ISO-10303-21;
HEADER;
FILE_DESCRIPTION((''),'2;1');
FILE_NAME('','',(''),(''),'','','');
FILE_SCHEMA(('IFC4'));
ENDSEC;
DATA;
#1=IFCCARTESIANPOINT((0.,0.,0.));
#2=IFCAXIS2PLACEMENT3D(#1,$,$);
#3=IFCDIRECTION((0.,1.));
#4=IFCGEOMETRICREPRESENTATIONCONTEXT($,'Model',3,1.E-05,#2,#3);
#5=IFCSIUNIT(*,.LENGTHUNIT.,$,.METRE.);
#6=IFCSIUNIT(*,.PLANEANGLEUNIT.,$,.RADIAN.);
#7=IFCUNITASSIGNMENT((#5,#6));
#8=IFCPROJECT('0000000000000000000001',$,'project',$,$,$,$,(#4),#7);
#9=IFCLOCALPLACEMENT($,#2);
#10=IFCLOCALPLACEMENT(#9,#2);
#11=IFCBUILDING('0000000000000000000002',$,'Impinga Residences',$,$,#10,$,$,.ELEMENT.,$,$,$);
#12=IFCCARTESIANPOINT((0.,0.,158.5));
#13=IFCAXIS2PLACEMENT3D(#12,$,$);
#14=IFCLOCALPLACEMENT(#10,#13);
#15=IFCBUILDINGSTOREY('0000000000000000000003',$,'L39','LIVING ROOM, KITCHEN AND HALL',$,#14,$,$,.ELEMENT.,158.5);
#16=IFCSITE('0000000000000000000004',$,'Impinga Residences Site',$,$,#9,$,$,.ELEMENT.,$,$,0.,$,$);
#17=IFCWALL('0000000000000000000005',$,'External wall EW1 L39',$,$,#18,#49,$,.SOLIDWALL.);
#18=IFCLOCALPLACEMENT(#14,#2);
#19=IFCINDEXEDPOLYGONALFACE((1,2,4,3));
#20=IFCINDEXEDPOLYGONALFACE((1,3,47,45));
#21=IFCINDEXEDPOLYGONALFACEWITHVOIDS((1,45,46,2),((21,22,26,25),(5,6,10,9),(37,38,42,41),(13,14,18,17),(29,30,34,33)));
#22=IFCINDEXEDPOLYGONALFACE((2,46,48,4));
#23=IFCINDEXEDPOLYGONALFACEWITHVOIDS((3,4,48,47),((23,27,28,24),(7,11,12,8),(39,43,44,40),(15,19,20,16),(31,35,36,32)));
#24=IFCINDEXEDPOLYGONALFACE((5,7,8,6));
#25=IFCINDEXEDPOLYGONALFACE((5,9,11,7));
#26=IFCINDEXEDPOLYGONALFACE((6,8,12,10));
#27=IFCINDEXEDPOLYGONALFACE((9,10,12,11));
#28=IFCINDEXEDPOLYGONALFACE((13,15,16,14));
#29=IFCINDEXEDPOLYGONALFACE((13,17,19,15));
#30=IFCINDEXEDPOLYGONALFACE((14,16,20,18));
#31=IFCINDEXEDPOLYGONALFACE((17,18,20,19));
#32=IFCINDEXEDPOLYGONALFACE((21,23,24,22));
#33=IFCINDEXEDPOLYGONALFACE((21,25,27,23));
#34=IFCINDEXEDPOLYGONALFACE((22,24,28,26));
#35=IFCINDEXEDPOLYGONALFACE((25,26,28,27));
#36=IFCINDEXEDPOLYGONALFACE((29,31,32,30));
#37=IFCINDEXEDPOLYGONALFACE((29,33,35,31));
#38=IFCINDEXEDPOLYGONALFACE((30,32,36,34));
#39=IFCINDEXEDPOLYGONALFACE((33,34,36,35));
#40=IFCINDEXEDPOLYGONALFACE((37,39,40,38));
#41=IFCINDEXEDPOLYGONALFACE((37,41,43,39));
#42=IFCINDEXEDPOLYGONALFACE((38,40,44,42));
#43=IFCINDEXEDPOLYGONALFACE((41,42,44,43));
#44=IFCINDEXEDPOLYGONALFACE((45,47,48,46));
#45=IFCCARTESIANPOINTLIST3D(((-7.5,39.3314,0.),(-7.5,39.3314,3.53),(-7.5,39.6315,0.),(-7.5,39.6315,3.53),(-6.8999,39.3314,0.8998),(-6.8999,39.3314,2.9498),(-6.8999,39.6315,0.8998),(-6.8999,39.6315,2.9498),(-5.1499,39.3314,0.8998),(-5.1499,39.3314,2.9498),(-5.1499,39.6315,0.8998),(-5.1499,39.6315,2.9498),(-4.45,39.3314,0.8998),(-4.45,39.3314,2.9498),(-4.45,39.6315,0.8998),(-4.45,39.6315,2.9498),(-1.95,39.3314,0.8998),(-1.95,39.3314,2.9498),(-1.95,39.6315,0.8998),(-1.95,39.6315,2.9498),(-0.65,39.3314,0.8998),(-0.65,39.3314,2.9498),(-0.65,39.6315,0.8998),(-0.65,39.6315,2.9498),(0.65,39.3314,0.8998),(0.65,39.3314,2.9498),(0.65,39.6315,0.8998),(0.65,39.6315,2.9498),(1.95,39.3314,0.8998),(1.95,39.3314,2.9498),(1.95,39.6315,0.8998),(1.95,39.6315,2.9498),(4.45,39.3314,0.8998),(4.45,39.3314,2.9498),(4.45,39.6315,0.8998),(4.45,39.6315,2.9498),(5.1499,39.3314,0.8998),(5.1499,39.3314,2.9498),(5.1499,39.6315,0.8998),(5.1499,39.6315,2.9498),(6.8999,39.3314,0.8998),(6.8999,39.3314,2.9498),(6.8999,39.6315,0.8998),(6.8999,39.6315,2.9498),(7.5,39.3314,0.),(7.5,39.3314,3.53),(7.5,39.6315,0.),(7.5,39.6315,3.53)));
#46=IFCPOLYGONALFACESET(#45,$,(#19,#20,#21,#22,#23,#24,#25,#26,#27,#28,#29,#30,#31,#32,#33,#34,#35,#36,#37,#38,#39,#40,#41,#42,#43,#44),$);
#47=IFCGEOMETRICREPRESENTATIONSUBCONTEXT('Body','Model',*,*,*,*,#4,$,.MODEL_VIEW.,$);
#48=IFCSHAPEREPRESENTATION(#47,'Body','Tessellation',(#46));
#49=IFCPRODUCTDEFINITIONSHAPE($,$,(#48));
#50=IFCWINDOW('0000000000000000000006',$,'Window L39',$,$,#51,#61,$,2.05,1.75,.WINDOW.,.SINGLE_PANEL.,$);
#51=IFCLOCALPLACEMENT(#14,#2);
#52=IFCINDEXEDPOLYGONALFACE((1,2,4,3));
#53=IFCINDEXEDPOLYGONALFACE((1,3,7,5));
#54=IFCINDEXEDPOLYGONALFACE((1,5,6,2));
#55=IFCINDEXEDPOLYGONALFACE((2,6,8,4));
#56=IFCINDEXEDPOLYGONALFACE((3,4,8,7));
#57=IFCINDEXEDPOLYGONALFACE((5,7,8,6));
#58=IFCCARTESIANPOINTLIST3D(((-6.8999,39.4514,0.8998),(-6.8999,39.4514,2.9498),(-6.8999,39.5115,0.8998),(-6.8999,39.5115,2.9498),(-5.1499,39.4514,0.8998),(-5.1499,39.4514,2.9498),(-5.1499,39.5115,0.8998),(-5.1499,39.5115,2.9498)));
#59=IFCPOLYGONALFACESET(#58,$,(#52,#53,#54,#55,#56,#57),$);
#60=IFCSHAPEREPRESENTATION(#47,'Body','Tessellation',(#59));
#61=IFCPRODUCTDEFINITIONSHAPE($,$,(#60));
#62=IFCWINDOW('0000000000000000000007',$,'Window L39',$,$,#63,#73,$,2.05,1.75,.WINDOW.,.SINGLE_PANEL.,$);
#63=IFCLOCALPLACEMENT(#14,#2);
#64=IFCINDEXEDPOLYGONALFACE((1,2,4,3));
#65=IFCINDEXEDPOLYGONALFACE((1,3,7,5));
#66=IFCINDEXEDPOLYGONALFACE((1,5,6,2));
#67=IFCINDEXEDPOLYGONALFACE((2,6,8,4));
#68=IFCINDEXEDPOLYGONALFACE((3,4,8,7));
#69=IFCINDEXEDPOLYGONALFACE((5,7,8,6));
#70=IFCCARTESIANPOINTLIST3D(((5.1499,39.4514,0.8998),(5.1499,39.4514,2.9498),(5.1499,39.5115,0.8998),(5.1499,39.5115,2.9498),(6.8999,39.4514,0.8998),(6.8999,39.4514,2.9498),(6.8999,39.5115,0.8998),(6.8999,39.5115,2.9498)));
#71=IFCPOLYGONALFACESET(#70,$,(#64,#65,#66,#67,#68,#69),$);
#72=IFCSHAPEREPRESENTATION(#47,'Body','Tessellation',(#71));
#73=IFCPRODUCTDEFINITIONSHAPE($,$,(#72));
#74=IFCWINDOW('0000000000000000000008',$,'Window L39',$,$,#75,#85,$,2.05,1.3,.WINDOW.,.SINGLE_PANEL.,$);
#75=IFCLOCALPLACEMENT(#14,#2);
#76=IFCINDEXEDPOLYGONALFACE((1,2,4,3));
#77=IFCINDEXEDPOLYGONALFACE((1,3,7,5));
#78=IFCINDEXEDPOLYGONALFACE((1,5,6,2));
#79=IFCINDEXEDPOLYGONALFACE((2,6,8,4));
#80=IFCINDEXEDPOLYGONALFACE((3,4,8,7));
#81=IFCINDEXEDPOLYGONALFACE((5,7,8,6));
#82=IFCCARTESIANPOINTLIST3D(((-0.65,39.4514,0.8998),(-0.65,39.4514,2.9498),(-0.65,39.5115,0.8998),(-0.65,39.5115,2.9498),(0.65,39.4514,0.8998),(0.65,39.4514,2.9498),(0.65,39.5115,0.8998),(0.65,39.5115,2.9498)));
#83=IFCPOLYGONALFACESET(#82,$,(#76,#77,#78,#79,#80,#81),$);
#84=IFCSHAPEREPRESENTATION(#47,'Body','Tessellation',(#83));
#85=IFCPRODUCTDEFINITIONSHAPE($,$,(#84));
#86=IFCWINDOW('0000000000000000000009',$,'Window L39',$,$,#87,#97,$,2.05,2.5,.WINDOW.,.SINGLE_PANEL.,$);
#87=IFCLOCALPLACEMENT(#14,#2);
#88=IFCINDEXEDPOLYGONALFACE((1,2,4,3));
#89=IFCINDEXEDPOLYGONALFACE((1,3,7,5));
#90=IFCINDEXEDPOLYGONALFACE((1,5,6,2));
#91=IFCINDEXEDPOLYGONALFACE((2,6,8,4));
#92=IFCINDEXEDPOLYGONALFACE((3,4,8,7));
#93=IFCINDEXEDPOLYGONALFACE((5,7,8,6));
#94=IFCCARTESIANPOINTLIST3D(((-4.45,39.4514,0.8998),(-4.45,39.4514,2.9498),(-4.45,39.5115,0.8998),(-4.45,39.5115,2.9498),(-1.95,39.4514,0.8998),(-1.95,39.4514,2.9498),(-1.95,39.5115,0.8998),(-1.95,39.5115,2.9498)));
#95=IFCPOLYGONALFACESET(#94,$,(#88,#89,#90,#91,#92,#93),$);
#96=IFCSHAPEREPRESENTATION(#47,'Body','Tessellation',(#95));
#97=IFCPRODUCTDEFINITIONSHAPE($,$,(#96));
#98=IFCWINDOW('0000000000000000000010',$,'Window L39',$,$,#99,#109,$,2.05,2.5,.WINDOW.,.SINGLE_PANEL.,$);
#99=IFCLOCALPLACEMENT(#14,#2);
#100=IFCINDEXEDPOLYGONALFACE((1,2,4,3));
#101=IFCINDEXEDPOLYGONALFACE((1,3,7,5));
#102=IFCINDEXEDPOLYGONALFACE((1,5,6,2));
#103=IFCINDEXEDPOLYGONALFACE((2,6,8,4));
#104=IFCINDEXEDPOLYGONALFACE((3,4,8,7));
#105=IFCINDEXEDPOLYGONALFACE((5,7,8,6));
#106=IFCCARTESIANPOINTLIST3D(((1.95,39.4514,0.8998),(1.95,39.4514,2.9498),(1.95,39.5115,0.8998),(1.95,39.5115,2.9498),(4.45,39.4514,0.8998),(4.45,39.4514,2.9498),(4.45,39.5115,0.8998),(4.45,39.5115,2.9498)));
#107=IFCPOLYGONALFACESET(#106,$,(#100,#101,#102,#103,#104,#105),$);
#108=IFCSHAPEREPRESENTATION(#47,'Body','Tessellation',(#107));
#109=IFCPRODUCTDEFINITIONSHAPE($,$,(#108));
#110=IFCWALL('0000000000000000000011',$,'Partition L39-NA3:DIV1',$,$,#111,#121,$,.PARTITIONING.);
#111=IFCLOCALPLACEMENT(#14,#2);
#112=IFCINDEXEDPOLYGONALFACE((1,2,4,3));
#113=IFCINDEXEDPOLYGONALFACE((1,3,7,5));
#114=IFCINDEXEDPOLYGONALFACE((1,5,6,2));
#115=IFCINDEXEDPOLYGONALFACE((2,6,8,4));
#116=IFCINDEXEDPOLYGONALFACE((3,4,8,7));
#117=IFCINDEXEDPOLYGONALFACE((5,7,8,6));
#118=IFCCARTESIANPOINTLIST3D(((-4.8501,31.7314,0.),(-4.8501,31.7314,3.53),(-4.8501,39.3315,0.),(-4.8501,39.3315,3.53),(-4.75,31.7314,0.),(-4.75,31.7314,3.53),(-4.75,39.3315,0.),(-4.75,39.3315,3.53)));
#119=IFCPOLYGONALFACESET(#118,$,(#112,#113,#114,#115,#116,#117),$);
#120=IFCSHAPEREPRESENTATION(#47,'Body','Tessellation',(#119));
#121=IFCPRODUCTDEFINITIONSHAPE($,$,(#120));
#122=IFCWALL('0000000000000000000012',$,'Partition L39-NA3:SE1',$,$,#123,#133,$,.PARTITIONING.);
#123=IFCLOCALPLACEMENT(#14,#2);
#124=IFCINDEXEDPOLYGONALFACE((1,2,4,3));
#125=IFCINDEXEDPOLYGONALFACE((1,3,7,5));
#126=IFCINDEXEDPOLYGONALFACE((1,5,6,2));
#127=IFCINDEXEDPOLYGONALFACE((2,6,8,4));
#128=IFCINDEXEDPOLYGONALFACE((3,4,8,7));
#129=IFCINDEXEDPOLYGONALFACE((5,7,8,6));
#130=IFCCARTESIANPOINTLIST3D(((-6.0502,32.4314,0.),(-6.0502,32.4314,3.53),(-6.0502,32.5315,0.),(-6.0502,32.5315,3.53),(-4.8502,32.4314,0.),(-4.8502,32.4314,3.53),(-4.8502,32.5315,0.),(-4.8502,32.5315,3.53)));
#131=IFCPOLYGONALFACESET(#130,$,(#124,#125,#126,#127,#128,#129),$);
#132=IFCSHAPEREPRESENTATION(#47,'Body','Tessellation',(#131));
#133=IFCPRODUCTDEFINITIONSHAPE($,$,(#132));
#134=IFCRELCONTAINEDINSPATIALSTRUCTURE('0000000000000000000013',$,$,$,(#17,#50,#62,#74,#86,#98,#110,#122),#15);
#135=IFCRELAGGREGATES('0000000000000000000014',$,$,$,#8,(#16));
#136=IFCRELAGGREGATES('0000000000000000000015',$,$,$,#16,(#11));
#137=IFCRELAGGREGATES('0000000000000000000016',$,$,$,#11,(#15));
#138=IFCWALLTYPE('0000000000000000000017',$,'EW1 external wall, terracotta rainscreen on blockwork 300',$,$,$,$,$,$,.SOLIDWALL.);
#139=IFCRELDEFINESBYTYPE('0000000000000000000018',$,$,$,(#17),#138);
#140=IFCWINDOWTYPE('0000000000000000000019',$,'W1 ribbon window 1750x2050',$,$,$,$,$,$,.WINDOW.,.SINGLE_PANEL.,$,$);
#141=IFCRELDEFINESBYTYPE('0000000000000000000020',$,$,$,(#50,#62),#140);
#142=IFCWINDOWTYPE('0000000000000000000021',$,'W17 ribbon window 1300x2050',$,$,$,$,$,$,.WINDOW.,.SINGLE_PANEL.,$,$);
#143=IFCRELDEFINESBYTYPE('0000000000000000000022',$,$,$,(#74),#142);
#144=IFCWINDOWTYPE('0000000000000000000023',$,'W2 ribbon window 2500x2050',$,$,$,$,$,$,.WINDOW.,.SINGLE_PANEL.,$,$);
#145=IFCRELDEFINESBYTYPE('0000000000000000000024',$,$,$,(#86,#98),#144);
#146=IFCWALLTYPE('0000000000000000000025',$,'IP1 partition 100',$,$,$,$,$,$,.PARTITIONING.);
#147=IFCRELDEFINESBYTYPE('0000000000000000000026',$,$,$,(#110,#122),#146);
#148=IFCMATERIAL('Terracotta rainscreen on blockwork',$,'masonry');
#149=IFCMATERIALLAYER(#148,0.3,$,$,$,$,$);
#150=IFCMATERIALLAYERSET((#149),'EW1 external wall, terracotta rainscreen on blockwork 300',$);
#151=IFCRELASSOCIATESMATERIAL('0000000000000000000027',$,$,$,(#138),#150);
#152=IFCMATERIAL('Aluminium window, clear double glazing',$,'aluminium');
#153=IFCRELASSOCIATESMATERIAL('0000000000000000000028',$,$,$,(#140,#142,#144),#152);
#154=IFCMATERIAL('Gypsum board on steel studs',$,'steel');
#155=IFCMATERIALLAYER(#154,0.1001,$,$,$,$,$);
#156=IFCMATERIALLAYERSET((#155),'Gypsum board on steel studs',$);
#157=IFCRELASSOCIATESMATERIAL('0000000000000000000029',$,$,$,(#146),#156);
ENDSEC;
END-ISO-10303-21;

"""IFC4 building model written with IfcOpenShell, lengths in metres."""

from ifc_helpers import new_model, si_unit, direction, frame, frame_2d, origin, place, context, subcontext, project, spatial, rectangle, extrude, material, layer, layer_set, type_object, element, fill, save


model = new_model("IFC4")

# Units and contexts
model_context = context("Model", 3, precision=1e-05, world=origin(), true_north=direction((0.0, 1.0)))
body_context = subcontext(model_context, "Body", "Model", "MODEL_VIEW")
ifc_project = project(units=[si_unit("LENGTHUNIT", "METRE"), si_unit("PLANEANGLEUNIT", "RADIAN")], contexts=[model_context])

# Site, building, storey
site_placement = place(None, origin())
site = spatial("IfcSite", under=ifc_project, at=site_placement, Name="Impinga Residences Site", CompositionType="ELEMENT", RefElevation=0.0)
building_placement = place(site_placement, origin())
building = spatial("IfcBuilding", under=site, at=building_placement, Name="Impinga Residences", CompositionType="ELEMENT")
storey_placement = place(building_placement, frame((0.0, 0.0, 158.5)))
storey = spatial("IfcBuildingStorey", under=building, at=storey_placement, Name="L39", Description="LIVING ROOM, KITCHEN AND HALL", CompositionType="ELEMENT", Elevation=158.5)

# Shared definitions
ifc_material_1 = material(Name="Terracotta rainscreen on blockwork", Category="masonry")
ifc_layer_1 = layer(ifc_material_1, 0.3)
ifc_layer_set_1 = layer_set([ifc_layer_1], Name="EW1 external wall, terracotta rainscreen on blockwork 300")
wall_type_1 = type_object("IfcWallType", Name="EW1 external wall, terracotta rainscreen on blockwork 300", PredefinedType="SOLIDWALL", material=ifc_layer_set_1)

# Wall, openings, windows
wall_1_placement = place(storey_placement, frame((-7.5, 39.4814, 0.0), z_axis=(0.0, 0.0, 1.0), x_axis=(1.0, 0.0, 0.0)))
wall_1 = element("IfcWall", 1, at=wall_1_placement, inside=storey, type_object=wall_type_1, Name="External wall EW1 L39", PredefinedType="SOLIDWALL", context=body_context, shape_type="SweptSolid", body=[
    extrude(rectangle(XDim=15.0, YDim=0.3, at=frame_2d((7.5, 0.0))), origin(), (0.0, 0.0, 1.0), 3.53),
])
opening_1_placement = place(wall_1_placement, frame((0.6001, 0.0, 0.8999)))
opening_1 = element("IfcOpeningElement", 2, at=opening_1_placement, cuts=wall_1, PredefinedType="OPENING", context=body_context, shape_type="SweptSolid", body=[
    extrude(rectangle(XDim=1.75, YDim=2.05, at=frame_2d((0.875, 1.0249))), frame((0.0, 0.1599, 0.0), z_axis=(0.0, -1.0, 0.0), x_axis=(1.0, 0.0, 0.0)), (0.0, 0.0, 1.0), 0.3201),
])
opening_2_placement = place(wall_1_placement, frame((3.05, 0.0, 0.8999)))
opening_2 = element("IfcOpeningElement", 3, at=opening_2_placement, cuts=wall_1, PredefinedType="OPENING", context=body_context, shape_type="SweptSolid", body=[
    extrude(rectangle(XDim=2.5, YDim=2.05, at=frame_2d((1.25, 1.0249))), frame((0.0, 0.1599, 0.0), z_axis=(0.0, -1.0, 0.0), x_axis=(1.0, 0.0, 0.0)), (0.0, 0.0, 1.0), 0.3201),
])
opening_3_placement = place(wall_1_placement, frame((6.8501, 0.0, 0.8999)))
opening_3 = element("IfcOpeningElement", 4, at=opening_3_placement, cuts=wall_1, PredefinedType="OPENING", context=body_context, shape_type="SweptSolid", body=[
    extrude(rectangle(XDim=1.3, YDim=2.05, at=frame_2d((0.6499, 1.0249))), frame((0.0, 0.1599, 0.0), z_axis=(0.0, -1.0, 0.0), x_axis=(1.0, 0.0, 0.0)), (0.0, 0.0, 1.0), 0.3201),
])
opening_4_placement = place(wall_1_placement, frame((9.45, 0.0, 0.8999)))
opening_4 = element("IfcOpeningElement", 5, at=opening_4_placement, cuts=wall_1, PredefinedType="OPENING", context=body_context, shape_type="SweptSolid", body=[
    extrude(rectangle(XDim=2.5, YDim=2.05, at=frame_2d((1.25, 1.0249))), frame((0.0, 0.1599, 0.0), z_axis=(0.0, -1.0, 0.0), x_axis=(1.0, 0.0, 0.0)), (0.0, 0.0, 1.0), 0.3201),
])
opening_5_placement = place(wall_1_placement, frame((12.6499, 0.0, 0.8999)))
opening_5 = element("IfcOpeningElement", 6, at=opening_5_placement, cuts=wall_1, PredefinedType="OPENING", context=body_context, shape_type="SweptSolid", body=[
    extrude(rectangle(XDim=1.75, YDim=2.05, at=frame_2d((0.875, 1.0249))), frame((0.0, 0.1599, 0.0), z_axis=(0.0, -1.0, 0.0), x_axis=(1.0, 0.0, 0.0)), (0.0, 0.0, 1.0), 0.3201),
])
ifc_material_2 = material(Name="Aluminium window, clear double glazing", Category="aluminium")
window_type_1 = type_object("IfcWindowType", Name="W1 ribbon window 1750x2050", PartitioningType="SINGLE_PANEL", PredefinedType="WINDOW", material=ifc_material_2)
window_1_placement = place(opening_1_placement, origin())
window_1 = element("IfcWindow", 7, at=window_1_placement, inside=storey, type_object=window_type_1, Name="Window L39", OverallHeight=2.05, OverallWidth=1.75, PartitioningType="SINGLE_PANEL", PredefinedType="WINDOW", context=body_context, shape_type="SweptSolid", body=[
    extrude(rectangle(XDim=1.75, YDim=2.05, at=frame_2d((0.875, 1.0249))), frame((0.0, 0.03, 0.0), z_axis=(0.0, -1.0, 0.0), x_axis=(1.0, 0.0, 0.0)), (0.0, 0.0, 1.0), 0.0601),
])
fill(opening_1, window_1)
window_2_placement = place(opening_5_placement, origin())
window_2 = element("IfcWindow", 8, at=window_2_placement, inside=storey, type_object=window_type_1, Name="Window L39", OverallHeight=2.05, OverallWidth=1.75, PartitioningType="SINGLE_PANEL", PredefinedType="WINDOW", context=body_context, shape_type="SweptSolid", body=[
    extrude(rectangle(XDim=1.75, YDim=2.05, at=frame_2d((0.875, 1.0249))), frame((0.0, 0.03, 0.0), z_axis=(0.0, -1.0, 0.0), x_axis=(1.0, 0.0, 0.0)), (0.0, 0.0, 1.0), 0.0601),
])
fill(opening_5, window_2)
window_type_2 = type_object("IfcWindowType", Name="W17 ribbon window 1300x2050", PartitioningType="SINGLE_PANEL", PredefinedType="WINDOW", material=ifc_material_2)
window_3_placement = place(opening_3_placement, origin())
window_3 = element("IfcWindow", 9, at=window_3_placement, inside=storey, type_object=window_type_2, Name="Window L39", OverallHeight=2.05, OverallWidth=1.3, PartitioningType="SINGLE_PANEL", PredefinedType="WINDOW", context=body_context, shape_type="SweptSolid", body=[
    extrude(rectangle(XDim=1.3, YDim=2.05, at=frame_2d((0.6499, 1.0249))), frame((0.0, 0.03, 0.0), z_axis=(0.0, -1.0, 0.0), x_axis=(1.0, 0.0, 0.0)), (0.0, 0.0, 1.0), 0.0601),
])
fill(opening_3, window_3)
window_type_3 = type_object("IfcWindowType", Name="W2 ribbon window 2500x2050", PartitioningType="SINGLE_PANEL", PredefinedType="WINDOW", material=ifc_material_2)
window_4_placement = place(opening_2_placement, origin())
window_4 = element("IfcWindow", 10, at=window_4_placement, inside=storey, type_object=window_type_3, Name="Window L39", OverallHeight=2.05, OverallWidth=2.5, PartitioningType="SINGLE_PANEL", PredefinedType="WINDOW", context=body_context, shape_type="SweptSolid", body=[
    extrude(rectangle(XDim=2.5, YDim=2.05, at=frame_2d((1.25, 1.0249))), frame((0.0, 0.03, 0.0), z_axis=(0.0, -1.0, 0.0), x_axis=(1.0, 0.0, 0.0)), (0.0, 0.0, 1.0), 0.0601),
])
fill(opening_2, window_4)
window_5_placement = place(opening_4_placement, origin())
window_5 = element("IfcWindow", 11, at=window_5_placement, inside=storey, type_object=window_type_3, Name="Window L39", OverallHeight=2.05, OverallWidth=2.5, PartitioningType="SINGLE_PANEL", PredefinedType="WINDOW", context=body_context, shape_type="SweptSolid", body=[
    extrude(rectangle(XDim=2.5, YDim=2.05, at=frame_2d((1.25, 1.0249))), frame((0.0, 0.03, 0.0), z_axis=(0.0, -1.0, 0.0), x_axis=(1.0, 0.0, 0.0)), (0.0, 0.0, 1.0), 0.0601),
])
fill(opening_4, window_5)

# Walls
ifc_material_3 = material(Name="Gypsum board on steel studs", Category="steel")
ifc_layer_2 = layer(ifc_material_3, 0.1001)
ifc_layer_set_2 = layer_set([ifc_layer_2], Name="Gypsum board on steel studs")
wall_type_2 = type_object("IfcWallType", Name="IP1 partition 100", PredefinedType="PARTITIONING", material=ifc_layer_set_2)
wall_2_placement = place(storey_placement, frame((-4.8, 31.7314, 0.0), z_axis=(0.0, 0.0, 1.0), x_axis=(0.0, 1.0, 0.0)))
element("IfcWall", 12, at=wall_2_placement, inside=storey, type_object=wall_type_2, Name="Partition L39-NA3:DIV1", PredefinedType="PARTITIONING", context=body_context, shape_type="SweptSolid", body=[
    extrude(rectangle(XDim=7.6001, YDim=0.1001, at=frame_2d((3.8, 0.0))), origin(), (0.0, 0.0, 1.0), 3.53),
])
wall_3_placement = place(storey_placement, frame((-4.8501, 32.4814, 0.0), z_axis=(0.0, 0.0, 1.0), x_axis=(-1.0, 0.0, 0.0)))
element("IfcWall", 13, at=wall_3_placement, inside=storey, type_object=wall_type_2, Name="Partition L39-NA3:SE1", PredefinedType="PARTITIONING", context=body_context, shape_type="SweptSolid", body=[
    extrude(rectangle(XDim=1.2, YDim=0.1001, at=frame_2d((0.6001, 0.0))), origin(), (0.0, 0.0, 1.0), 3.53),
])

save(model, "model.ifc")
